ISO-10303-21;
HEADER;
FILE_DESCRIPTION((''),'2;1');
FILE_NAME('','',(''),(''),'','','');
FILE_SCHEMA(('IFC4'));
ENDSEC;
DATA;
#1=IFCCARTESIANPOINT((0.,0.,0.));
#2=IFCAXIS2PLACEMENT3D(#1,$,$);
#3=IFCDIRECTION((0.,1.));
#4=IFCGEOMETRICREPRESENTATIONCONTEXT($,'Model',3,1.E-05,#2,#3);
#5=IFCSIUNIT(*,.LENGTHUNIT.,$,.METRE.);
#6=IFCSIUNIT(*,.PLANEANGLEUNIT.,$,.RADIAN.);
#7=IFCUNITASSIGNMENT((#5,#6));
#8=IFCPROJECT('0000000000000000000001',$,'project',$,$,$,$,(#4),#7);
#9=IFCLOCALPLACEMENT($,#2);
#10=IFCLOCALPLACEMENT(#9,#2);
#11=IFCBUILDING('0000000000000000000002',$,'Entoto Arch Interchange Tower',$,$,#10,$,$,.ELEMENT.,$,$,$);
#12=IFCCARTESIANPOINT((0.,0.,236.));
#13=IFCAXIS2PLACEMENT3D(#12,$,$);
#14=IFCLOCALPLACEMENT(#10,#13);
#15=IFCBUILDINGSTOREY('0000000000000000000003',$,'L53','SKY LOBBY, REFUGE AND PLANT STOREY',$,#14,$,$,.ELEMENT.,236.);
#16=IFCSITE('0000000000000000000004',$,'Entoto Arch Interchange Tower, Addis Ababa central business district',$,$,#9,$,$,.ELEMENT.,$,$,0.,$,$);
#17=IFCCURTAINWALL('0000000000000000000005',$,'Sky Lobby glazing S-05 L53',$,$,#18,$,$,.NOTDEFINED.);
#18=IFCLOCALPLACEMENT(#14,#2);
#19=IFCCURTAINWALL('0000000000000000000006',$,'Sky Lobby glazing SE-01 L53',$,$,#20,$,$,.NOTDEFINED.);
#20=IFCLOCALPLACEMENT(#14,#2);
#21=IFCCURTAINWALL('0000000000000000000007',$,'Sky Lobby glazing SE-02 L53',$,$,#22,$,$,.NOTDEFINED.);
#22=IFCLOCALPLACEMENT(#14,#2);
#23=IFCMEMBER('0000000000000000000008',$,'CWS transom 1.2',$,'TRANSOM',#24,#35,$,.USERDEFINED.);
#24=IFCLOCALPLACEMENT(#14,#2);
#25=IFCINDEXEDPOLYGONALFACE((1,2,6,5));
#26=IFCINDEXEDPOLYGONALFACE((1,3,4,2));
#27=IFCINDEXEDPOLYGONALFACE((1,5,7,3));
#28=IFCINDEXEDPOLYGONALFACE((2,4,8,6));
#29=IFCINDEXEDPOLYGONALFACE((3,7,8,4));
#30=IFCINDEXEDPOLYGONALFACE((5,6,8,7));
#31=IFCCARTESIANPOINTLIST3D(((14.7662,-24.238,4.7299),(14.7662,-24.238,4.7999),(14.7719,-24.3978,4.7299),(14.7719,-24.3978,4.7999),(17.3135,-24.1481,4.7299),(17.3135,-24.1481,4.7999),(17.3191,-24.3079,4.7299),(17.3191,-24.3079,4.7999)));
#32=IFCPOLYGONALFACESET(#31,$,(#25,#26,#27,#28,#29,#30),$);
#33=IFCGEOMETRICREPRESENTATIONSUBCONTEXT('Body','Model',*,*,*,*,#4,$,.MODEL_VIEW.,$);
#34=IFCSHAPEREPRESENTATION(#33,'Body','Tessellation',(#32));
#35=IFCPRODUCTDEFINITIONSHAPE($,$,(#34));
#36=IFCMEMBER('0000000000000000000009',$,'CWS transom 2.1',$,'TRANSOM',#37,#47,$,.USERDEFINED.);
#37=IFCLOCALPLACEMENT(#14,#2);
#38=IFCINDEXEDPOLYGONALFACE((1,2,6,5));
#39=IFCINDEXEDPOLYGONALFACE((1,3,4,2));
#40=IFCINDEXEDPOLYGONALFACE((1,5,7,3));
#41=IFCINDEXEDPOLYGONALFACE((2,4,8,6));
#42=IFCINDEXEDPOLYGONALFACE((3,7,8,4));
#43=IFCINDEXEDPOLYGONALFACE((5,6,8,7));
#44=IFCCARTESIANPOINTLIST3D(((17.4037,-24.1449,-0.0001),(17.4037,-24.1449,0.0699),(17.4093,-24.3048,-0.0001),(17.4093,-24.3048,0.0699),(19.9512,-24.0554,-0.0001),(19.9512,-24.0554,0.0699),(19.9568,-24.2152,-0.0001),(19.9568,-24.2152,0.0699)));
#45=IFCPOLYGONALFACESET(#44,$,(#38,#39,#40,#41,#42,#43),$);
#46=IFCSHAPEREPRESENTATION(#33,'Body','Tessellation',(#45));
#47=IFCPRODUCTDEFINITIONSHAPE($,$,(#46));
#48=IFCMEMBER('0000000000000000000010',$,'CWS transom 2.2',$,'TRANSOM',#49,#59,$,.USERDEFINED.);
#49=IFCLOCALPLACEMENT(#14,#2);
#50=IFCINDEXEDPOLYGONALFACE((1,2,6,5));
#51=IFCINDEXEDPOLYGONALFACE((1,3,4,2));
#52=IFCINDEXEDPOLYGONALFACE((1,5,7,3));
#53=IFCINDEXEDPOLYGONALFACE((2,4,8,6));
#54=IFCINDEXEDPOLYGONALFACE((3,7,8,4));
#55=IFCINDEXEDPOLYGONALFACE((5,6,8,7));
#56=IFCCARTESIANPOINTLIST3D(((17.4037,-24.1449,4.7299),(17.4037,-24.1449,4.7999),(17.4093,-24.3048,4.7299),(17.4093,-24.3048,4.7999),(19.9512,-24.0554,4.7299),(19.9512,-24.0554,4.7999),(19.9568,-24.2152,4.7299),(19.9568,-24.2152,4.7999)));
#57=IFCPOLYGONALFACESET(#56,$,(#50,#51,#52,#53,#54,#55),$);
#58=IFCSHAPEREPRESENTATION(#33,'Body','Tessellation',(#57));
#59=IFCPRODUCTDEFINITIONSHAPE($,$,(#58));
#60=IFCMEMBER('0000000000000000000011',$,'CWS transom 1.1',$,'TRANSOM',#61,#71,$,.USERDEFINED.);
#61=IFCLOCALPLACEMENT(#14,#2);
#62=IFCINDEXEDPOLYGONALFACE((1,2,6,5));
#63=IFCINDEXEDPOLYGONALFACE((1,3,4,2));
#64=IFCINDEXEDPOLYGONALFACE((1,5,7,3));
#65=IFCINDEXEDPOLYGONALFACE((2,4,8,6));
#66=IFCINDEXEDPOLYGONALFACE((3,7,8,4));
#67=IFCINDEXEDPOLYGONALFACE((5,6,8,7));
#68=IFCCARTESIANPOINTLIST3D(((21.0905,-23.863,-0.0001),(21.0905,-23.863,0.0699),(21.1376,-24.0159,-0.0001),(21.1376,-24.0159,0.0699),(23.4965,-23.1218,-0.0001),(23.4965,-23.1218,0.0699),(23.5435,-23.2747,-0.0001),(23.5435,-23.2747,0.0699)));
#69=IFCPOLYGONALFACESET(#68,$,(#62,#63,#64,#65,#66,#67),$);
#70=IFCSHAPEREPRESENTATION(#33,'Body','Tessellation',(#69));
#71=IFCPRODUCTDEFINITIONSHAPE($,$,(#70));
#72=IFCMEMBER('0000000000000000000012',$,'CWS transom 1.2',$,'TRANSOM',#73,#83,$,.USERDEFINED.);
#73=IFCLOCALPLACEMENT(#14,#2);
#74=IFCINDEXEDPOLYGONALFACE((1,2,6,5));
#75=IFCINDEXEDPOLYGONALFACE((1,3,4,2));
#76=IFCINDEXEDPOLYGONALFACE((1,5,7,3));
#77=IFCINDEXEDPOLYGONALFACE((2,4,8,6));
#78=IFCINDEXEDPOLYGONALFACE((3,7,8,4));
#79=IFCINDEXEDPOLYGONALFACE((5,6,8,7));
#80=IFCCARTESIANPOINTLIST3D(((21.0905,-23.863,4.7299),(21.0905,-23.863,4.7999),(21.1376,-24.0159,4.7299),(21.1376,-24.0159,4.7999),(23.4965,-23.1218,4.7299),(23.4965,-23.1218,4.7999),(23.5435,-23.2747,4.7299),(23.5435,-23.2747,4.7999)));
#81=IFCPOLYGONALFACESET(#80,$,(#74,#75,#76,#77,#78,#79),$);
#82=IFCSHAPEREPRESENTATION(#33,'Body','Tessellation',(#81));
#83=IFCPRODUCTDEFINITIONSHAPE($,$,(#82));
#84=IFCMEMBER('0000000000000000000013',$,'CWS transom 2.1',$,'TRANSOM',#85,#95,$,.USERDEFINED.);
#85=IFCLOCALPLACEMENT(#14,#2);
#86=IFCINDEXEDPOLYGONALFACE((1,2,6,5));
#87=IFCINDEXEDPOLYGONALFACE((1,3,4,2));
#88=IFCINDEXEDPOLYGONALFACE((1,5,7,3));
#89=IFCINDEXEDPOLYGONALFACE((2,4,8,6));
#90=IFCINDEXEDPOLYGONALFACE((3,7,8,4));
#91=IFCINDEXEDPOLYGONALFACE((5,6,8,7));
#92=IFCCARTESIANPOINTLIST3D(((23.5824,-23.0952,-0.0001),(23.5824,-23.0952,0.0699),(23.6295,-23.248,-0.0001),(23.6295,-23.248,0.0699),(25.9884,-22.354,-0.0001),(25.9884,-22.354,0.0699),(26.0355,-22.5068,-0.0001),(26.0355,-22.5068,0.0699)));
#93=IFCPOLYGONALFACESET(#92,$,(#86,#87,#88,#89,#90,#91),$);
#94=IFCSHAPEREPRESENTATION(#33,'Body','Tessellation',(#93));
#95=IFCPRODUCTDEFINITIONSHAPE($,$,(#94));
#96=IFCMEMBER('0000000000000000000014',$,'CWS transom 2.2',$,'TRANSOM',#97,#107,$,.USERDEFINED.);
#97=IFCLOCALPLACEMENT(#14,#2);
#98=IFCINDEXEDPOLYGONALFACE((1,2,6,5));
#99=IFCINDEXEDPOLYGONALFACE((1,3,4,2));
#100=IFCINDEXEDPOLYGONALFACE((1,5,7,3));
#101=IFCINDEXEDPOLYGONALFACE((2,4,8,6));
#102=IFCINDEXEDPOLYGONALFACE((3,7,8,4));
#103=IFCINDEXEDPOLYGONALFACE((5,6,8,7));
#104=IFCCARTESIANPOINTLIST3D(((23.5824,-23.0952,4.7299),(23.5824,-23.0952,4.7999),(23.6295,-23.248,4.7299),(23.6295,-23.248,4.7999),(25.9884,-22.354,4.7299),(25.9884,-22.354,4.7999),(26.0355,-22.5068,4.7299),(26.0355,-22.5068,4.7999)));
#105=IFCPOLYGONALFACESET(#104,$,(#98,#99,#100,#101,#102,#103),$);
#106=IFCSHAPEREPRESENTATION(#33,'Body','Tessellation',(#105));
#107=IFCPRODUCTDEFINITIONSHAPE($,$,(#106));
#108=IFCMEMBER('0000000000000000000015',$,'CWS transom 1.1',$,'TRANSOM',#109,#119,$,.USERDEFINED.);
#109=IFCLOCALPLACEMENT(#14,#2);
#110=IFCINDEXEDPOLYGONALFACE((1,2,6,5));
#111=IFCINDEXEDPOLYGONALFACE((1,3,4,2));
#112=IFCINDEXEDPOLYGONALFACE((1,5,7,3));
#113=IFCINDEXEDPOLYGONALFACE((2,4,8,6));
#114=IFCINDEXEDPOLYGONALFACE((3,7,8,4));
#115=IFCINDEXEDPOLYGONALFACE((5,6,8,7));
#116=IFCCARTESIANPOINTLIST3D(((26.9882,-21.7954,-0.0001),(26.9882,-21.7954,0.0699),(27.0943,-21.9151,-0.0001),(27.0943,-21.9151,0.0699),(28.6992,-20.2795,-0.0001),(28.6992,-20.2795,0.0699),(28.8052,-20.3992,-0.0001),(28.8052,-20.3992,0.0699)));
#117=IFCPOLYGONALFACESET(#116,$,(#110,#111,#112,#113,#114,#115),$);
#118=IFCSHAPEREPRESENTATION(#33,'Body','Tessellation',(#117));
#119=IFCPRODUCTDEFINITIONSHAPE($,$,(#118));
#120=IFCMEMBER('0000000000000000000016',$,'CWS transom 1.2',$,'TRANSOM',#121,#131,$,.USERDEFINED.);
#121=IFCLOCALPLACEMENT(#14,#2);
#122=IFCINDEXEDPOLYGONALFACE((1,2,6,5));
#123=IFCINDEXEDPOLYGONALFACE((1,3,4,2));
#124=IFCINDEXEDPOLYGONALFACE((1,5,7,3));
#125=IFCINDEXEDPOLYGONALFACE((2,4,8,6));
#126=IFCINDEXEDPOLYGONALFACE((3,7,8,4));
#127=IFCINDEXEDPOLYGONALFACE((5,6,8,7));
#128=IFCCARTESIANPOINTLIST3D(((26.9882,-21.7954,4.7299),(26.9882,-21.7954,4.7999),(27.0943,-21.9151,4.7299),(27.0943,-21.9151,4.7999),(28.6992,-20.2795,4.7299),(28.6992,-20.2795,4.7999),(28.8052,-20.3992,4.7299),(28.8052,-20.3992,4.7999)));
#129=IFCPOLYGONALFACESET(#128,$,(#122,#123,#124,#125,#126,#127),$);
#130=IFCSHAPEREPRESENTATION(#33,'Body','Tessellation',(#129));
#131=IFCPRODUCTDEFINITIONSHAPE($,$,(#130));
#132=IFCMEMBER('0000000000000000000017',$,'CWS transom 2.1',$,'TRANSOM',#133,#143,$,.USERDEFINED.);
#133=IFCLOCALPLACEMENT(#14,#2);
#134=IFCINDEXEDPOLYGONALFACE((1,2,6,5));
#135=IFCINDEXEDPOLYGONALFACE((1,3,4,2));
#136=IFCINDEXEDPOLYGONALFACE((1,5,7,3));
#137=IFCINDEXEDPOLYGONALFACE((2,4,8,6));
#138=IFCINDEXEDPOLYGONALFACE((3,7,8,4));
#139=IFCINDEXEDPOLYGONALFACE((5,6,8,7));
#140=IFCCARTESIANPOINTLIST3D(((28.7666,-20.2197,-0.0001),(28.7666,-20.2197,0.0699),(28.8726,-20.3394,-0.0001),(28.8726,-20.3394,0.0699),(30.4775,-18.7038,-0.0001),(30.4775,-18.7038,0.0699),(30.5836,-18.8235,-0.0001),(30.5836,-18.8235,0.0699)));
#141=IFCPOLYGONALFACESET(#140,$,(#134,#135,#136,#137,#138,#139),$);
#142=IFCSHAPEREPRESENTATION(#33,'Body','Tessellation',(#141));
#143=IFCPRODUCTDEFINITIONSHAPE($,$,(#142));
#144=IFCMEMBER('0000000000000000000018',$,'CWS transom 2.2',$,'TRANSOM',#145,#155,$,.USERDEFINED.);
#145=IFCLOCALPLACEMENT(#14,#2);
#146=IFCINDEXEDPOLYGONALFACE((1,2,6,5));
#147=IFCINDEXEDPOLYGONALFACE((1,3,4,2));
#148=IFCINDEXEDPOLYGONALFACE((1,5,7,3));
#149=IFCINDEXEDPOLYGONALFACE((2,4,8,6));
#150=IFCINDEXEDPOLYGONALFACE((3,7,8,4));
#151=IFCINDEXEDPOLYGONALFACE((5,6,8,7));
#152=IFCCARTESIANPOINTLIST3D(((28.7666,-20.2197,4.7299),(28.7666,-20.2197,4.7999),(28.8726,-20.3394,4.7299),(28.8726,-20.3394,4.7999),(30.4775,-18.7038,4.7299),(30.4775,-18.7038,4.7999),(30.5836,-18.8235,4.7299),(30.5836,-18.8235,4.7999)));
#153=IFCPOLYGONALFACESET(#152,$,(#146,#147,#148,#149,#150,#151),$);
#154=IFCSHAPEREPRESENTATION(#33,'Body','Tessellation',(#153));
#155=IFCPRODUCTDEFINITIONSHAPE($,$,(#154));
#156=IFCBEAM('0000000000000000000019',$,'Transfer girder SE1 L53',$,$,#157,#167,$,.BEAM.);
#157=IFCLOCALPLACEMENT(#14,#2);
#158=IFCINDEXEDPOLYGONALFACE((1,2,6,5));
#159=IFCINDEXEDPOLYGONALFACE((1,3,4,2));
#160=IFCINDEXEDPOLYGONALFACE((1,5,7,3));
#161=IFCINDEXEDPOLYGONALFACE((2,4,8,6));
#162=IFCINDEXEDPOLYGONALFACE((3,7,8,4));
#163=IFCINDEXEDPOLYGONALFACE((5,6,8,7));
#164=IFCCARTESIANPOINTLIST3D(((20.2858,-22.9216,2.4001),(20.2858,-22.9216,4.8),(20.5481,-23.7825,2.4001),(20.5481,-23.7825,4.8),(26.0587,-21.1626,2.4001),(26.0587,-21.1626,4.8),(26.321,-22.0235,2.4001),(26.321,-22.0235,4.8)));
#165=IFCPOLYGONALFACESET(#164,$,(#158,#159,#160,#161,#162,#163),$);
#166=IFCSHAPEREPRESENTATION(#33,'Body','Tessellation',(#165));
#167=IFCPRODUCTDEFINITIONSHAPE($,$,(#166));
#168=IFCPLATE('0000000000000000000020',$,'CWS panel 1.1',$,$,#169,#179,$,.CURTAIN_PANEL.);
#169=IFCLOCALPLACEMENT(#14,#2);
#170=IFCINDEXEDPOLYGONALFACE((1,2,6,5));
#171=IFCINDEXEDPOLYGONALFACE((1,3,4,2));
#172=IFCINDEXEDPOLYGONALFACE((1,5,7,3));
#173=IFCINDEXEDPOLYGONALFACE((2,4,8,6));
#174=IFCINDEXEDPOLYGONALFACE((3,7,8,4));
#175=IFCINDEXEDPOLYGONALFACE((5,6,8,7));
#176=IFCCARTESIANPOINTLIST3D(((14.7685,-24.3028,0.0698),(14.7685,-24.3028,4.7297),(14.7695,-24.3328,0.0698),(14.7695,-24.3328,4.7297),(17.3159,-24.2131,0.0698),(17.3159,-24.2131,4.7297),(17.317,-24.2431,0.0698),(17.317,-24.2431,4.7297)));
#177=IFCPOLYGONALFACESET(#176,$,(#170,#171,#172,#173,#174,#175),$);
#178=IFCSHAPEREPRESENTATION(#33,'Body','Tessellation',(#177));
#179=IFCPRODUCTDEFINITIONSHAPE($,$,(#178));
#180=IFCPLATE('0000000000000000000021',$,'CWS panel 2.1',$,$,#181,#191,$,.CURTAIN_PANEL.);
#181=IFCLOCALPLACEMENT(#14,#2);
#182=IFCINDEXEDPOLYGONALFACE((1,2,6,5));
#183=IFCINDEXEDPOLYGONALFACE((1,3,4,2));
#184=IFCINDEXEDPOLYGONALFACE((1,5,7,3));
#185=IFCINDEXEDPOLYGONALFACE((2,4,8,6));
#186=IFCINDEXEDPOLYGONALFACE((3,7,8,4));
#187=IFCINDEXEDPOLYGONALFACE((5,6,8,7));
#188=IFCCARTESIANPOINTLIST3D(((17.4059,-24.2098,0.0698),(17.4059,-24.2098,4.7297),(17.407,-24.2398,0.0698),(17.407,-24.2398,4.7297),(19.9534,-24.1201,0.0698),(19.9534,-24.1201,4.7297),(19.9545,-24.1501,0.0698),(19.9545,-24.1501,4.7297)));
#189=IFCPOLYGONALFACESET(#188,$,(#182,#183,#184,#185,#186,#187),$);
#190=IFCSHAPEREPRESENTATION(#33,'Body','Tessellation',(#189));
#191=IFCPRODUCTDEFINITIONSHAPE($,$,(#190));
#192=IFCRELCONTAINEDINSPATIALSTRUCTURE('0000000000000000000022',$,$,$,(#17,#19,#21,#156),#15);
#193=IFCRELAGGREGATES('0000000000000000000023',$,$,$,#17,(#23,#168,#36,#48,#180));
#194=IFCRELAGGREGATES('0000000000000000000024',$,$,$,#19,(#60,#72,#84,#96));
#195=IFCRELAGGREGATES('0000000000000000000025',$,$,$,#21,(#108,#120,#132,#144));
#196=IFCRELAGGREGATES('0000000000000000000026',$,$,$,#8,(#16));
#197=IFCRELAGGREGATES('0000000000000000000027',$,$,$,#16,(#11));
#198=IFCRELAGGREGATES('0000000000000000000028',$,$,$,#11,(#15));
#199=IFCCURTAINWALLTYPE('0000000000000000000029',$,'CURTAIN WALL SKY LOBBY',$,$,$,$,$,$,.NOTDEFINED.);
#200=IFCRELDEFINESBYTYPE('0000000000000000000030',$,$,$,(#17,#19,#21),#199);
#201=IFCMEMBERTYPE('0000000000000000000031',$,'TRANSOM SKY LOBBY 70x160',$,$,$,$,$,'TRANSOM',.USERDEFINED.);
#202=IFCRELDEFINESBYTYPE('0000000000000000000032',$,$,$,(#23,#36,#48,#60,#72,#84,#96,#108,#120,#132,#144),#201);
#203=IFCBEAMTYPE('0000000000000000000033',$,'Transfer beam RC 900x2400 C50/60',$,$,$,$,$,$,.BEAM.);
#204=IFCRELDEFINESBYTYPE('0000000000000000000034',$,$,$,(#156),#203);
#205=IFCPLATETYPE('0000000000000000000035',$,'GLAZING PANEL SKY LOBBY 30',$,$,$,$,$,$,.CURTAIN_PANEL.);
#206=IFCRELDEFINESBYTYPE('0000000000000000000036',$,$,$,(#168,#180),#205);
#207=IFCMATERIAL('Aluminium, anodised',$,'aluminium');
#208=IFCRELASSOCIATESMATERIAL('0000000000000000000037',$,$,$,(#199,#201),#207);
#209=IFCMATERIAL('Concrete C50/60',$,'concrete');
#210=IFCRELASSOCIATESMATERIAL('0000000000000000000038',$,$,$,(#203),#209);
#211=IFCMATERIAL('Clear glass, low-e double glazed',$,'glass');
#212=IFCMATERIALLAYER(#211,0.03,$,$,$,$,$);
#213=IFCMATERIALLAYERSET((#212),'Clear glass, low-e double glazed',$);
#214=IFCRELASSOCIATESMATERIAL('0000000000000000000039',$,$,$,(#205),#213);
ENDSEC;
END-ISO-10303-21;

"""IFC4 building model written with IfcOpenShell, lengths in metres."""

from ifc_helpers import new_model, si_unit, direction, frame, origin, origin_2d, place, context, subcontext, project, spatial, rectangle, extrude, material, layer, layer_set, material_profile, profile_set, type_object, element, aggregate, save


model = new_model("IFC4")

# Units and contexts
model_context = context("Model", 3, precision=1e-05, world=origin(), true_north=direction((0.0, 1.0)))
body_context = subcontext(model_context, "Body", "Model", "MODEL_VIEW")
ifc_project = project(units=[si_unit("LENGTHUNIT", "METRE"), si_unit("PLANEANGLEUNIT", "RADIAN")], contexts=[model_context])

# Site, building, storey
site_placement = place(None, origin())
site = spatial("IfcSite", under=ifc_project, at=site_placement, Name="Entoto Arch Interchange Tower, Addis Ababa central business district", CompositionType="ELEMENT", RefElevation=0.0)
building_placement = place(site_placement, origin())
building = spatial("IfcBuilding", under=site, at=building_placement, Name="Entoto Arch Interchange Tower", CompositionType="ELEMENT")
storey_placement = place(building_placement, frame((0.0, 0.0, 236.0)))
storey = spatial("IfcBuildingStorey", under=building, at=storey_placement, Name="L53", Description="SKY LOBBY, REFUGE AND PLANT STOREY", CompositionType="ELEMENT", Elevation=236.0)

# Shared definitions
ifc_material_1 = material(Name="Concrete C50/60", Category="concrete")

# Curtain walls
ifc_material_2 = material(Name="Aluminium, anodised", Category="aluminium")
curtain_wall_type = type_object("IfcCurtainWallType", Name="CURTAIN WALL SKY LOBBY", PredefinedType="NOTDEFINED", material=ifc_material_2)
curtain_wall_1_placement = place(storey_placement, origin())
curtain_wall_1 = element("IfcCurtainWall", 1, at=curtain_wall_1_placement, inside=storey, type_object=curtain_wall_type, Name="Sky Lobby glazing S-05 L53", PredefinedType="NOTDEFINED")
curtain_wall_2_placement = place(storey_placement, origin())
curtain_wall_2 = element("IfcCurtainWall", 2, at=curtain_wall_2_placement, inside=storey, type_object=curtain_wall_type, Name="Sky Lobby glazing SE-01 L53", PredefinedType="NOTDEFINED")
curtain_wall_3_placement = place(storey_placement, origin())
curtain_wall_3 = element("IfcCurtainWall", 3, at=curtain_wall_3_placement, inside=storey, type_object=curtain_wall_type, Name="Sky Lobby glazing SE-02 L53", PredefinedType="NOTDEFINED")

# Members
ifc_material_profile_1 = material_profile(ifc_material_2, rectangle(XDim=0.1599, YDim=0.0701, at=origin_2d()))
ifc_profile_set_1 = profile_set([ifc_material_profile_1], Name="Aluminium, anodised")
member_type_1 = type_object("IfcMemberType", Name="TRANSOM SKY LOBBY 70x160", ElementType="TRANSOM", PredefinedType="USERDEFINED", material=ifc_profile_set_1)
member_1_placement = place(storey_placement, frame((14.769, -24.3179, 4.7649), z_axis=(0.999379, 0.035247, 0.0), x_axis=(-0.035247, 0.999379, 0.0)))
member_1 = element("IfcMember", 4, at=member_1_placement, type_object=member_type_1, Name="CWS transom 1.2", ObjectType="TRANSOM", PredefinedType="USERDEFINED", context=body_context, shape_type="SweptSolid", body=[
    extrude(rectangle(XDim=0.1599, YDim=0.0701, at=origin_2d()), origin(), (0.0, 0.0, 1.0), 2.5488),
])
member_2_placement = place(storey_placement, frame((17.4065, -24.2249, 0.0349), z_axis=(0.999382, 0.035148, 0.0), x_axis=(-0.035148, 0.999382, 0.0)))
member_2 = element("IfcMember", 5, at=member_2_placement, type_object=member_type_1, Name="CWS transom 2.1", ObjectType="TRANSOM", PredefinedType="USERDEFINED", context=body_context, shape_type="SweptSolid", body=[
    extrude(rectangle(XDim=0.1599, YDim=0.0701, at=origin_2d()), origin(), (0.0, 0.0, 1.0), 2.5491),
])
member_3_placement = place(storey_placement, frame((17.4065, -24.2249, 4.7649), z_axis=(0.999382, 0.035148, 0.0), x_axis=(-0.035148, 0.999382, 0.0)))
member_3 = element("IfcMember", 6, at=member_3_placement, type_object=member_type_1, Name="CWS transom 2.2", ObjectType="TRANSOM", PredefinedType="USERDEFINED", context=body_context, shape_type="SweptSolid", body=[
    extrude(rectangle(XDim=0.1599, YDim=0.0701, at=origin_2d()), origin(), (0.0, 0.0, 1.0), 2.5491),
])
member_4_placement = place(storey_placement, frame((21.114, -23.9395, 0.0349), z_axis=(0.955678, 0.294413, 0.0), x_axis=(-0.294413, 0.955678, 0.0)))
member_4 = element("IfcMember", 7, at=member_4_placement, type_object=member_type_1, Name="CWS transom 1.1", ObjectType="TRANSOM", PredefinedType="USERDEFINED", context=body_context, shape_type="SweptSolid", body=[
    extrude(rectangle(XDim=0.1599, YDim=0.0701, at=origin_2d()), origin(), (0.0, 0.0, 1.0), 2.5176),
])
member_5_placement = place(storey_placement, frame((21.114, -23.9395, 4.7649), z_axis=(0.955678, 0.294413, 0.0), x_axis=(-0.294413, 0.955678, 0.0)))
member_5 = element("IfcMember", 8, at=member_5_placement, type_object=member_type_1, Name="CWS transom 1.2", ObjectType="TRANSOM", PredefinedType="USERDEFINED", context=body_context, shape_type="SweptSolid", body=[
    extrude(rectangle(XDim=0.1599, YDim=0.0701, at=origin_2d()), origin(), (0.0, 0.0, 1.0), 2.5176),
])
member_6_placement = place(storey_placement, frame((23.606, -23.1716, 0.0349), z_axis=(0.955678, 0.294413, 0.0), x_axis=(-0.294413, 0.955678, 0.0)))
member_6 = element("IfcMember", 9, at=member_6_placement, type_object=member_type_1, Name="CWS transom 2.1", ObjectType="TRANSOM", PredefinedType="USERDEFINED", context=body_context, shape_type="SweptSolid", body=[
    extrude(rectangle(XDim=0.1599, YDim=0.0701, at=origin_2d()), origin(), (0.0, 0.0, 1.0), 2.5176),
])
member_7_placement = place(storey_placement, frame((23.606, -23.1716, 4.7649), z_axis=(0.955678, 0.294413, 0.0), x_axis=(-0.294413, 0.955678, 0.0)))
member_7 = element("IfcMember", 10, at=member_7_placement, type_object=member_type_1, Name="CWS transom 2.2", ObjectType="TRANSOM", PredefinedType="USERDEFINED", context=body_context, shape_type="SweptSolid", body=[
    extrude(rectangle(XDim=0.1599, YDim=0.0701, at=origin_2d()), origin(), (0.0, 0.0, 1.0), 2.5176),
])
member_8_placement = place(storey_placement, frame((27.0413, -21.8552, 0.0349), z_axis=(0.748487, 0.66315, 0.0), x_axis=(-0.66315, 0.748487, 0.0)))
member_8 = element("IfcMember", 11, at=member_8_placement, type_object=member_type_1, Name="CWS transom 1.1", ObjectType="TRANSOM", PredefinedType="USERDEFINED", context=body_context, shape_type="SweptSolid", body=[
    extrude(rectangle(XDim=0.1599, YDim=0.0701, at=origin_2d()), origin(), (0.0, 0.0, 1.0), 2.2859),
])
member_9_placement = place(storey_placement, frame((27.0413, -21.8552, 4.7649), z_axis=(0.748487, 0.66315, 0.0), x_axis=(-0.66315, 0.748487, 0.0)))
member_9 = element("IfcMember", 12, at=member_9_placement, type_object=member_type_1, Name="CWS transom 1.2", ObjectType="TRANSOM", PredefinedType="USERDEFINED", context=body_context, shape_type="SweptSolid", body=[
    extrude(rectangle(XDim=0.1599, YDim=0.0701, at=origin_2d()), origin(), (0.0, 0.0, 1.0), 2.2859),
])
member_10_placement = place(storey_placement, frame((28.8196, -20.2795, 0.0349), z_axis=(0.748487, 0.66315, 0.0), x_axis=(-0.66315, 0.748487, 0.0)))
member_10 = element("IfcMember", 13, at=member_10_placement, type_object=member_type_1, Name="CWS transom 2.1", ObjectType="TRANSOM", PredefinedType="USERDEFINED", context=body_context, shape_type="SweptSolid", body=[
    extrude(rectangle(XDim=0.1599, YDim=0.0701, at=origin_2d()), origin(), (0.0, 0.0, 1.0), 2.2859),
])
member_11_placement = place(storey_placement, frame((28.8196, -20.2795, 4.7649), z_axis=(0.748487, 0.66315, 0.0), x_axis=(-0.66315, 0.748487, 0.0)))
member_11 = element("IfcMember", 14, at=member_11_placement, type_object=member_type_1, Name="CWS transom 2.2", ObjectType="TRANSOM", PredefinedType="USERDEFINED", context=body_context, shape_type="SweptSolid", body=[
    extrude(rectangle(XDim=0.1599, YDim=0.0701, at=origin_2d()), origin(), (0.0, 0.0, 1.0), 2.2859),
])

# Beam
ifc_material_profile_2 = material_profile(ifc_material_1, rectangle(XDim=0.8999, YDim=2.3999, at=origin_2d()))
ifc_profile_set_2 = profile_set([ifc_material_profile_2], Name="Concrete C50/60")
beam_type = type_object("IfcBeamType", Name="Transfer beam RC 900x2400 C50/60", PredefinedType="BEAM", material=ifc_profile_set_2)
beam_placement = place(storey_placement, frame((20.417, -23.3521, 3.6001), z_axis=(0.956579, 0.291472, 0.0), x_axis=(-0.291472, 0.956579, 0.0)))
element("IfcBeam", 15, at=beam_placement, inside=storey, type_object=beam_type, Name="Transfer girder SE1 L53", PredefinedType="BEAM", context=body_context, shape_type="SweptSolid", body=[
    extrude(rectangle(XDim=0.8999, YDim=2.3999, at=origin_2d()), origin(), (0.0, 0.0, 1.0), 6.0349),
])

# Plates
ifc_material_3 = material(Name="Clear glass, low-e double glazed", Category="glass")
ifc_layer_1 = layer(ifc_material_3, 0.03)
ifc_layer_set_1 = layer_set([ifc_layer_1], Name="Clear glass, low-e double glazed")
plate_type = type_object("IfcPlateType", Name="GLAZING PANEL SKY LOBBY 30", PredefinedType="CURTAIN_PANEL", material=ifc_layer_set_1)
plate_1_placement = place(storey_placement, frame((16.0427, -24.2729, 0.0698), z_axis=(0.0, 0.0, 1.0), x_axis=(0.99938, 0.035206, 0.0)))
plate_1 = element("IfcPlate", 16, at=plate_1_placement, type_object=plate_type, Name="CWS panel 1.1", PredefinedType="CURTAIN_PANEL", context=body_context, shape_type="SweptSolid", body=[
    extrude(rectangle(XDim=2.5491, YDim=0.03, at=origin_2d()), origin(), (0.0, 0.0, 1.0), 4.6599),
])
plate_2_placement = place(storey_placement, frame((18.6802, -24.1799, 0.0698), z_axis=(0.0, 0.0, 1.0), x_axis=(0.99938, 0.035206, 0.0)))
plate_2 = element("IfcPlate", 17, at=plate_2_placement, type_object=plate_type, Name="CWS panel 2.1", PredefinedType="CURTAIN_PANEL", context=body_context, shape_type="SweptSolid", body=[
    extrude(rectangle(XDim=2.5491, YDim=0.03, at=origin_2d()), origin(), (0.0, 0.0, 1.0), 4.6599),
])
aggregate(curtain_wall_1, [member_1, plate_1, member_2, member_3, plate_2])
aggregate(curtain_wall_2, [member_4, member_5, member_6, member_7])
aggregate(curtain_wall_3, [member_8, member_9, member_10, member_11])

save(model, "model.ifc")
